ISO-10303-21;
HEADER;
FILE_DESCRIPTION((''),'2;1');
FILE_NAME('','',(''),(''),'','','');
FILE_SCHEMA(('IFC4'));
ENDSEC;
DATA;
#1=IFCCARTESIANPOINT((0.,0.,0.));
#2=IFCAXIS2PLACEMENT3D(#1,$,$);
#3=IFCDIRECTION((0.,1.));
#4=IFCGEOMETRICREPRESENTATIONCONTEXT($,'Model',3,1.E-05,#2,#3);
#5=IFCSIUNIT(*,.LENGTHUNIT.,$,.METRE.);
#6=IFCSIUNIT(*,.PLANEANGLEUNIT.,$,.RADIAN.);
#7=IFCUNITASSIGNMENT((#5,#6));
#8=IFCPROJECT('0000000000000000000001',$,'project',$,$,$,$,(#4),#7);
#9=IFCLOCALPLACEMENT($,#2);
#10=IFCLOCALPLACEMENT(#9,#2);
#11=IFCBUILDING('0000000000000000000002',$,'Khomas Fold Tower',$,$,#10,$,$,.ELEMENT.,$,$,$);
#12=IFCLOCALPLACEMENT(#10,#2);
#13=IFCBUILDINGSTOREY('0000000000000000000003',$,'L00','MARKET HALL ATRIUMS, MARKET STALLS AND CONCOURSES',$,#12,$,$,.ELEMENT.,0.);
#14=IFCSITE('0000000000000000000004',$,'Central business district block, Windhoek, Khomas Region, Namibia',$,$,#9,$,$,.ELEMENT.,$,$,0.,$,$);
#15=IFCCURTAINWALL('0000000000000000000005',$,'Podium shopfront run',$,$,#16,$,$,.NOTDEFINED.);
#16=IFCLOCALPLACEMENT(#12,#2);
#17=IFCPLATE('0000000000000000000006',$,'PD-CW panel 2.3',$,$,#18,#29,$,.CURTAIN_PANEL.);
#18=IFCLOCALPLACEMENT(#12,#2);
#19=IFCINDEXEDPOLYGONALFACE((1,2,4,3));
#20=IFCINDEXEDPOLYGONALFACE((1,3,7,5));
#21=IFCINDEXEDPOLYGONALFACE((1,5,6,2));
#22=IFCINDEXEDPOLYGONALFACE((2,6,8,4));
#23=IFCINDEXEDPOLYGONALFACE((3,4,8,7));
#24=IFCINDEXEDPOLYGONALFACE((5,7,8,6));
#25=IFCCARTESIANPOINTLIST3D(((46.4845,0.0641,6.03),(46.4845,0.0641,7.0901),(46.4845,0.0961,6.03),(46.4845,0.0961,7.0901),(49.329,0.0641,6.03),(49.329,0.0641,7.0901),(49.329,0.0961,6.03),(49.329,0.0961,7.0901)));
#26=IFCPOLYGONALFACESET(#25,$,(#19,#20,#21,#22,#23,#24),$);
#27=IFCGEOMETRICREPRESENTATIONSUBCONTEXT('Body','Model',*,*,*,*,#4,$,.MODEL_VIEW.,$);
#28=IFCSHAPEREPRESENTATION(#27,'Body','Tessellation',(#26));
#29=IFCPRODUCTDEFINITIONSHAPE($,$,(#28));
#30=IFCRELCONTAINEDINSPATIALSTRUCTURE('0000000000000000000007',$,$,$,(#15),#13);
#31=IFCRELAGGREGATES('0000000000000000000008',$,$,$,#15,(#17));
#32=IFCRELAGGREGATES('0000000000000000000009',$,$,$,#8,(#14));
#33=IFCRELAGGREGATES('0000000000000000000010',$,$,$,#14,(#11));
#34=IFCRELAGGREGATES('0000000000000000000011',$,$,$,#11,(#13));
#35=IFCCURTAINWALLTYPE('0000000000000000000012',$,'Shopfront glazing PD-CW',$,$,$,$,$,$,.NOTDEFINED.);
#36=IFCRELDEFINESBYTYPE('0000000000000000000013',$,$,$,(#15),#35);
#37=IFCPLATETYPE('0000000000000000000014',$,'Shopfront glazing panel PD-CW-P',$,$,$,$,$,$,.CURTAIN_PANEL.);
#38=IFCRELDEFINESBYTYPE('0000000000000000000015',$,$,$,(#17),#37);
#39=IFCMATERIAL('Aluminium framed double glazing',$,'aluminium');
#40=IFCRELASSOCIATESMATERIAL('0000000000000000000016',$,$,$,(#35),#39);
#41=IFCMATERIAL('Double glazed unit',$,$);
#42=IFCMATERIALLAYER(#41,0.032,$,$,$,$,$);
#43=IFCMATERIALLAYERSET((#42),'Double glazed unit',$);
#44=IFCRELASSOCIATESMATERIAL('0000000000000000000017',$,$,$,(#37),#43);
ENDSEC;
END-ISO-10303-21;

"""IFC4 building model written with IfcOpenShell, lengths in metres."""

from ifc_helpers import new_model, si_unit, direction, frame, origin, origin_2d, place, context, subcontext, project, spatial, rectangle, extrude, source, transform, mapped, material, layer, layer_set, type_object, element, aggregate, save


model = new_model("IFC4")

# Units and contexts
model_context = context("Model", 3, precision=1e-05, world=origin(), true_north=direction((0.0, 1.0)))
body_context = subcontext(model_context, "Body", "Model", "MODEL_VIEW")
ifc_project = project(units=[si_unit("LENGTHUNIT", "METRE"), si_unit("PLANEANGLEUNIT", "RADIAN")], contexts=[model_context])

# Site, building, storey
site_placement = place(None, origin())
site = spatial("IfcSite", under=ifc_project, at=site_placement, Name="Central business district block, Windhoek, Khomas Region, Namibia", CompositionType="ELEMENT", RefElevation=0.0)
building_placement = place(site_placement, origin())
building = spatial("IfcBuilding", under=site, at=building_placement, Name="Khomas Fold Tower", CompositionType="ELEMENT")
storey_placement = place(building_placement, origin())
storey = spatial("IfcBuildingStorey", under=building, at=storey_placement, Name="L00", Description="MARKET HALL ATRIUMS, MARKET STALLS AND CONCOURSES", CompositionType="ELEMENT", Elevation=0.0)

# Shared definitions
ifc_material_1 = material(Name="Aluminium framed double glazing", Category="aluminium")
curtain_wall_type = type_object("IfcCurtainWallType", Name="Shopfront glazing PD-CW", PredefinedType="NOTDEFINED", material=ifc_material_1)

# Curtain wall
curtain_wall_1_placement = place(storey_placement, origin())
curtain_wall_1 = element("IfcCurtainWall", 1, at=curtain_wall_1_placement, inside=storey, type_object=curtain_wall_type, Name="Podium shopfront run", PredefinedType="NOTDEFINED")

# Plate
ifc_material_2 = material(Name="Double glazed unit")
ifc_layer = layer(ifc_material_2, 0.032)
ifc_layer_set = layer_set([ifc_layer], Name="Double glazed unit")
plate_type = type_object("IfcPlateType", Name="Shopfront glazing panel PD-CW-P", PredefinedType="CURTAIN_PANEL", material=ifc_layer_set)
shared_shape_1 = source(origin(), body_context, "Body", "SweptSolid", [
    extrude(rectangle(XDim=2.8445, YDim=0.032, at=origin_2d()), origin(), (0.0, 0.0, 1.0), 1.0601),
])
plate_1_placement = place(storey_placement, frame((47.9067, 0.0801, 6.03), z_axis=(0.0, 0.0, 1.0), x_axis=(1.0, 0.0, 0.0)))
plate_1 = element("IfcPlate", 2, at=plate_1_placement, type_object=plate_type, Name="PD-CW panel 2.3", PredefinedType="CURTAIN_PANEL", context=body_context, shape_type="MappedRepresentation", body=[
    mapped(shared_shape_1, transform((0.0, 0.0, 0.0))),
])
aggregate(curtain_wall_1, [plate_1])

save(model, "model.ifc")
